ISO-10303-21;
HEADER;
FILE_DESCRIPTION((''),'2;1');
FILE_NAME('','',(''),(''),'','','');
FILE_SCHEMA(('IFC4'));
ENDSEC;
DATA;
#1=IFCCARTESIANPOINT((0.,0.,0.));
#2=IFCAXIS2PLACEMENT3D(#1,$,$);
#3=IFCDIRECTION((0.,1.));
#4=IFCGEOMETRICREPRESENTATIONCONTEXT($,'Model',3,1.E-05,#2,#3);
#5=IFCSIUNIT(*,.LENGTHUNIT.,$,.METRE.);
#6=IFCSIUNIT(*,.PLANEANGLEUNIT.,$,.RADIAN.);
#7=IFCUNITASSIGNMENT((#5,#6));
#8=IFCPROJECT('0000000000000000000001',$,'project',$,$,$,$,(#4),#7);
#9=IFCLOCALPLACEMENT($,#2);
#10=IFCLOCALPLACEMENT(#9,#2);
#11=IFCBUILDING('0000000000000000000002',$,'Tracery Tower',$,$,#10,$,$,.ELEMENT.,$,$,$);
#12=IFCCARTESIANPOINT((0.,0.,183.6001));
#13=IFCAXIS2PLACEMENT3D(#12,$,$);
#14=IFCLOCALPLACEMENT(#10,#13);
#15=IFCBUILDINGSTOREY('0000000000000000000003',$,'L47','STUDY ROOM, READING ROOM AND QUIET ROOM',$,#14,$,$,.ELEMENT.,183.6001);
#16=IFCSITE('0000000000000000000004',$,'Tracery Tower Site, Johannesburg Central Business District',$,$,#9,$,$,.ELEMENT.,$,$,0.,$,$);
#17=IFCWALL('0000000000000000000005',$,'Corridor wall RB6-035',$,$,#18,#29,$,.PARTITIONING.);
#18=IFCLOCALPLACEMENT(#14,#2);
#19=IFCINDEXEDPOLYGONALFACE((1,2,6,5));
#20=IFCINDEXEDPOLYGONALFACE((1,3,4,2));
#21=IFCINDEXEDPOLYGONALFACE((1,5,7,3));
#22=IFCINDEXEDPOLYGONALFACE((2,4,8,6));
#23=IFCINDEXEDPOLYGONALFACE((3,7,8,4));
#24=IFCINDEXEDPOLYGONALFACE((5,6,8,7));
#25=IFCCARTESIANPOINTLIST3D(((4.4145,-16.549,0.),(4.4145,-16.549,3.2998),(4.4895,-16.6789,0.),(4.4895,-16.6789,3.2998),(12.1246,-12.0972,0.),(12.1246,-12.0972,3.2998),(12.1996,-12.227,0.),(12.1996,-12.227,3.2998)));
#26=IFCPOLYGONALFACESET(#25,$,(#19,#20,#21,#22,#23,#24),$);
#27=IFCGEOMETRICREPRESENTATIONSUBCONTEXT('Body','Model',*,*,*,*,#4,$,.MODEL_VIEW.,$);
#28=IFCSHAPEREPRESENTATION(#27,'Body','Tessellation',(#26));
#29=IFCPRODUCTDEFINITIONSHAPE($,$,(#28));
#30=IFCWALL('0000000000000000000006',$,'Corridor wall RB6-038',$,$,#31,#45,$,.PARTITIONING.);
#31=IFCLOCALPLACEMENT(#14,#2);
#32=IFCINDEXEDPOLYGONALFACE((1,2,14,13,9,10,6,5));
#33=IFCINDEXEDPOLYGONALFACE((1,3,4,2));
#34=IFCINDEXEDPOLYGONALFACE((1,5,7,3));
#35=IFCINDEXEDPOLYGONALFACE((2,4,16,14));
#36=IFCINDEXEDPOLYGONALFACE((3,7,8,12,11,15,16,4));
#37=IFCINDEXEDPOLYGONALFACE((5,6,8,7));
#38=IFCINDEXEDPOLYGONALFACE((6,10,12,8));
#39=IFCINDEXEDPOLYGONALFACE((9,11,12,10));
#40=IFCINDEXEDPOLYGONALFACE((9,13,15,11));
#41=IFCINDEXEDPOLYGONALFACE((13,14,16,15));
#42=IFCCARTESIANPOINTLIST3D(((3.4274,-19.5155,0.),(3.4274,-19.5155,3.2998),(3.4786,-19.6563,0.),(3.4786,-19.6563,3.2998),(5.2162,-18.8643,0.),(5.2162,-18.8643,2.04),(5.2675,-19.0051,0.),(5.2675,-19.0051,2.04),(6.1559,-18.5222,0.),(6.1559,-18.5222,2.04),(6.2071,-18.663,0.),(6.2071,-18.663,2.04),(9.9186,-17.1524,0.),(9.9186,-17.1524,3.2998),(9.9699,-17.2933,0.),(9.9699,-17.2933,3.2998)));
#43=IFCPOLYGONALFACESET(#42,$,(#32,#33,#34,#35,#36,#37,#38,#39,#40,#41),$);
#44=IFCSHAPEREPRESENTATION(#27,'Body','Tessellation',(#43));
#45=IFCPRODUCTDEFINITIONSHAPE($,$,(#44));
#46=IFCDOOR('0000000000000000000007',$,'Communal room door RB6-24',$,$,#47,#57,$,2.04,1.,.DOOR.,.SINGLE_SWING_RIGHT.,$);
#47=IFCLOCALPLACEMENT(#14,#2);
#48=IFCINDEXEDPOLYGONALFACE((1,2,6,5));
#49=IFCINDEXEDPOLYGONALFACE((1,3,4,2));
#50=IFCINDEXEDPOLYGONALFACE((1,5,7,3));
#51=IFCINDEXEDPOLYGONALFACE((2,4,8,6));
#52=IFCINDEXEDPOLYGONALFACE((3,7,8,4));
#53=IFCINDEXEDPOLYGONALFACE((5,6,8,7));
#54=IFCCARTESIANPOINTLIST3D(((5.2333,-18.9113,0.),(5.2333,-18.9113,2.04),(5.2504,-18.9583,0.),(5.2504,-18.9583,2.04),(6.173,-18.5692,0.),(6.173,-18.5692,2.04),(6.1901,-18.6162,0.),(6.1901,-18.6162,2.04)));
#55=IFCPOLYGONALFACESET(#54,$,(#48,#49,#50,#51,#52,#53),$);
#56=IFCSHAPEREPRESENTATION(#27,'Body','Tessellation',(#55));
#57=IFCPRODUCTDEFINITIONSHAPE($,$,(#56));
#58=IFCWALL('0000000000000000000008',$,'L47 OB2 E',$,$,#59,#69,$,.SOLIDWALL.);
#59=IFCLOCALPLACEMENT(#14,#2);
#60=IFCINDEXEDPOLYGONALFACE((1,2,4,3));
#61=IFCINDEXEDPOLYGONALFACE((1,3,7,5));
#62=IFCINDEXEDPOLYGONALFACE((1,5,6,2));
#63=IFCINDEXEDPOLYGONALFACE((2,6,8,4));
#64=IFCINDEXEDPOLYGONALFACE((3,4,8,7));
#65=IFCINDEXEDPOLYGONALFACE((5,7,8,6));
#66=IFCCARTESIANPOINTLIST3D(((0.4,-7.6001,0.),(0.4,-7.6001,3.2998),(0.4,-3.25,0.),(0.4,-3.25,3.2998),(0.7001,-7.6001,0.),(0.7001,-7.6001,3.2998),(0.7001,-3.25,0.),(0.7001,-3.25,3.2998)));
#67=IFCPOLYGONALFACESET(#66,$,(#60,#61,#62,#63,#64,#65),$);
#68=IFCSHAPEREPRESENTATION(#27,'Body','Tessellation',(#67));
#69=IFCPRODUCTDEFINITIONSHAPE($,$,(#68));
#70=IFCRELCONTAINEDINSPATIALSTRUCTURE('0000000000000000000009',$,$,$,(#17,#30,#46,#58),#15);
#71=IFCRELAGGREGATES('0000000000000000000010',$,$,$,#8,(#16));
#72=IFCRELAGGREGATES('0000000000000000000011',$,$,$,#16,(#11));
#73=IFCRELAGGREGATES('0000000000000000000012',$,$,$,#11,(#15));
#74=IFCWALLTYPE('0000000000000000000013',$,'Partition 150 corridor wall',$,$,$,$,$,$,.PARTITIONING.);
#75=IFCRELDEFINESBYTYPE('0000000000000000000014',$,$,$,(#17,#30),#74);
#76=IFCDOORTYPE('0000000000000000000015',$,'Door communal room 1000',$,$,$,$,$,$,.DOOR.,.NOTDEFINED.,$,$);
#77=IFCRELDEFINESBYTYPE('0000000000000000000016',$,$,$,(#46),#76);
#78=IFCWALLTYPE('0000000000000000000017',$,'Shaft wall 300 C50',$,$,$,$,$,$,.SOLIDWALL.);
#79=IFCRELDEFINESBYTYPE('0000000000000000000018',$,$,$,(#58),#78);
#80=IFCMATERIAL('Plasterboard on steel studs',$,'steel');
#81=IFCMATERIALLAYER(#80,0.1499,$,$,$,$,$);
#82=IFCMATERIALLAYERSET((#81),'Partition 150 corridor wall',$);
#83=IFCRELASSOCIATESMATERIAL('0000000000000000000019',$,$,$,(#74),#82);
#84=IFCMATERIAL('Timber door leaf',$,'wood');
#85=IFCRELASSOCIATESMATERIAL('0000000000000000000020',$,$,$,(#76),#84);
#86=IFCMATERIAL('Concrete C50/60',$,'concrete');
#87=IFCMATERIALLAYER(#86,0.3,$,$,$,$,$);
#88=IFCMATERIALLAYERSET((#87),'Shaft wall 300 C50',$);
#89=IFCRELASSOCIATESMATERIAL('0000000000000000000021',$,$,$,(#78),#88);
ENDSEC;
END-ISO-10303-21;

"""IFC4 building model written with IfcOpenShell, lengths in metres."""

from ifc_helpers import new_model, si_unit, direction, frame, frame_2d, origin, place, context, subcontext, project, spatial, rectangle, extrude, material, layer, layer_set, type_object, element, fill, save


model = new_model("IFC4")

# Units and contexts
model_context = context("Model", 3, precision=1e-05, world=origin(), true_north=direction((0.0, 1.0)))
body_context = subcontext(model_context, "Body", "Model", "MODEL_VIEW")
ifc_project = project(units=[si_unit("LENGTHUNIT", "METRE"), si_unit("PLANEANGLEUNIT", "RADIAN")], contexts=[model_context])

# Site, building, storey
site_placement = place(None, origin())
site = spatial("IfcSite", under=ifc_project, at=site_placement, Name="Tracery Tower Site, Johannesburg Central Business District", CompositionType="ELEMENT", RefElevation=0.0)
building_placement = place(site_placement, origin())
building = spatial("IfcBuilding", under=site, at=building_placement, Name="Tracery Tower", CompositionType="ELEMENT")
storey_placement = place(building_placement, frame((0.0, 0.0, 183.6001)))
storey = spatial("IfcBuildingStorey", under=building, at=storey_placement, Name="L47", Description="STUDY ROOM, READING ROOM AND QUIET ROOM", CompositionType="ELEMENT", Elevation=183.6001)

# Wall
ifc_material_1 = material(Name="Plasterboard on steel studs", Category="steel")
ifc_layer_1 = layer(ifc_material_1, 0.1499)
ifc_layer_set_1 = layer_set([ifc_layer_1], Name="Partition 150 corridor wall")
wall_type_1 = type_object("IfcWallType", Name="Partition 150 corridor wall", PredefinedType="PARTITIONING", material=ifc_layer_set_1)
wall_1_placement = place(storey_placement, frame((4.4519, -16.614, 0.0), z_axis=(0.0, 0.0, 1.0), x_axis=(0.866005, 0.500035, 0.0)))
element("IfcWall", 1, at=wall_1_placement, inside=storey, type_object=wall_type_1, Name="Corridor wall RB6-035", PredefinedType="PARTITIONING", context=body_context, shape_type="SweptSolid", body=[
    extrude(rectangle(XDim=8.9031, YDim=0.1499, at=frame_2d((4.4517, 0.0))), origin(), (0.0, 0.0, 1.0), 3.2998),
])

# Wall, opening, door
wall_2_placement = place(storey_placement, frame((3.4529, -19.5859, 0.0), z_axis=(0.0, 0.0, 1.0), x_axis=(0.939673, 0.342075, 0.0)))
wall_2 = element("IfcWall", 2, at=wall_2_placement, inside=storey, type_object=wall_type_1, Name="Corridor wall RB6-038", PredefinedType="PARTITIONING", context=body_context, shape_type="SweptSolid", body=[
    extrude(rectangle(XDim=6.908, YDim=0.1499, at=frame_2d((3.4541, 0.0))), origin(), (0.0, 0.0, 1.0), 3.2998),
])
opening_1_placement = place(wall_2_placement, frame((1.9038, 0.0, 0.0)))
opening_1 = element("IfcOpeningElement", 3, at=opening_1_placement, cuts=wall_2, PredefinedType="OPENING", context=body_context, shape_type="SweptSolid", body=[
    extrude(rectangle(XDim=1.0, YDim=2.04, at=frame_2d((0.5, 1.02))), frame((0.0, 0.075, 0.0), z_axis=(0.0, -1.0, 0.0), x_axis=(1.0, 0.0, 0.0)), (0.0, 0.0, 1.0), 0.1499),
])
ifc_material_2 = material(Name="Timber door leaf", Category="wood")
door_type_1 = type_object("IfcDoorType", Name="Door communal room 1000", OperationType="NOTDEFINED", PredefinedType="DOOR", material=ifc_material_2)
door_1_placement = place(opening_1_placement, origin())
door_1 = element("IfcDoor", 4, at=door_1_placement, inside=storey, type_object=door_type_1, Name="Communal room door RB6-24", OperationType="SINGLE_SWING_RIGHT", OverallHeight=2.04, OverallWidth=1.0, PredefinedType="DOOR", context=body_context, shape_type="SweptSolid", body=[
    extrude(rectangle(XDim=1.0, YDim=2.04, at=frame_2d((0.5, 1.02))), frame((0.0, 0.0249, 0.0), z_axis=(0.0, -1.0, 0.0), x_axis=(1.0, 0.0, 0.0)), (0.0, 0.0, 1.0), 0.05),
])
fill(opening_1, door_1)

# Wall
ifc_material_3 = material(Name="Concrete C50/60", Category="concrete")
ifc_layer_2 = layer(ifc_material_3, 0.3)
ifc_layer_set_2 = layer_set([ifc_layer_2], Name="Shaft wall 300 C50")
wall_type_2 = type_object("IfcWallType", Name="Shaft wall 300 C50", PredefinedType="SOLIDWALL", material=ifc_layer_set_2)
wall_3_placement = place(storey_placement, frame((0.55, -7.6001, 0.0), z_axis=(0.0, 0.0, 1.0), x_axis=(0.0, 1.0, 0.0)))
element("IfcWall", 5, at=wall_3_placement, inside=storey, type_object=wall_type_2, Name="L47 OB2 E", PredefinedType="SOLIDWALL", context=body_context, shape_type="SweptSolid", body=[
    extrude(rectangle(XDim=4.3501, YDim=0.3, at=frame_2d((2.175, 0.0))), origin(), (0.0, 0.0, 1.0), 3.2998),
])

save(model, "model.ifc")
